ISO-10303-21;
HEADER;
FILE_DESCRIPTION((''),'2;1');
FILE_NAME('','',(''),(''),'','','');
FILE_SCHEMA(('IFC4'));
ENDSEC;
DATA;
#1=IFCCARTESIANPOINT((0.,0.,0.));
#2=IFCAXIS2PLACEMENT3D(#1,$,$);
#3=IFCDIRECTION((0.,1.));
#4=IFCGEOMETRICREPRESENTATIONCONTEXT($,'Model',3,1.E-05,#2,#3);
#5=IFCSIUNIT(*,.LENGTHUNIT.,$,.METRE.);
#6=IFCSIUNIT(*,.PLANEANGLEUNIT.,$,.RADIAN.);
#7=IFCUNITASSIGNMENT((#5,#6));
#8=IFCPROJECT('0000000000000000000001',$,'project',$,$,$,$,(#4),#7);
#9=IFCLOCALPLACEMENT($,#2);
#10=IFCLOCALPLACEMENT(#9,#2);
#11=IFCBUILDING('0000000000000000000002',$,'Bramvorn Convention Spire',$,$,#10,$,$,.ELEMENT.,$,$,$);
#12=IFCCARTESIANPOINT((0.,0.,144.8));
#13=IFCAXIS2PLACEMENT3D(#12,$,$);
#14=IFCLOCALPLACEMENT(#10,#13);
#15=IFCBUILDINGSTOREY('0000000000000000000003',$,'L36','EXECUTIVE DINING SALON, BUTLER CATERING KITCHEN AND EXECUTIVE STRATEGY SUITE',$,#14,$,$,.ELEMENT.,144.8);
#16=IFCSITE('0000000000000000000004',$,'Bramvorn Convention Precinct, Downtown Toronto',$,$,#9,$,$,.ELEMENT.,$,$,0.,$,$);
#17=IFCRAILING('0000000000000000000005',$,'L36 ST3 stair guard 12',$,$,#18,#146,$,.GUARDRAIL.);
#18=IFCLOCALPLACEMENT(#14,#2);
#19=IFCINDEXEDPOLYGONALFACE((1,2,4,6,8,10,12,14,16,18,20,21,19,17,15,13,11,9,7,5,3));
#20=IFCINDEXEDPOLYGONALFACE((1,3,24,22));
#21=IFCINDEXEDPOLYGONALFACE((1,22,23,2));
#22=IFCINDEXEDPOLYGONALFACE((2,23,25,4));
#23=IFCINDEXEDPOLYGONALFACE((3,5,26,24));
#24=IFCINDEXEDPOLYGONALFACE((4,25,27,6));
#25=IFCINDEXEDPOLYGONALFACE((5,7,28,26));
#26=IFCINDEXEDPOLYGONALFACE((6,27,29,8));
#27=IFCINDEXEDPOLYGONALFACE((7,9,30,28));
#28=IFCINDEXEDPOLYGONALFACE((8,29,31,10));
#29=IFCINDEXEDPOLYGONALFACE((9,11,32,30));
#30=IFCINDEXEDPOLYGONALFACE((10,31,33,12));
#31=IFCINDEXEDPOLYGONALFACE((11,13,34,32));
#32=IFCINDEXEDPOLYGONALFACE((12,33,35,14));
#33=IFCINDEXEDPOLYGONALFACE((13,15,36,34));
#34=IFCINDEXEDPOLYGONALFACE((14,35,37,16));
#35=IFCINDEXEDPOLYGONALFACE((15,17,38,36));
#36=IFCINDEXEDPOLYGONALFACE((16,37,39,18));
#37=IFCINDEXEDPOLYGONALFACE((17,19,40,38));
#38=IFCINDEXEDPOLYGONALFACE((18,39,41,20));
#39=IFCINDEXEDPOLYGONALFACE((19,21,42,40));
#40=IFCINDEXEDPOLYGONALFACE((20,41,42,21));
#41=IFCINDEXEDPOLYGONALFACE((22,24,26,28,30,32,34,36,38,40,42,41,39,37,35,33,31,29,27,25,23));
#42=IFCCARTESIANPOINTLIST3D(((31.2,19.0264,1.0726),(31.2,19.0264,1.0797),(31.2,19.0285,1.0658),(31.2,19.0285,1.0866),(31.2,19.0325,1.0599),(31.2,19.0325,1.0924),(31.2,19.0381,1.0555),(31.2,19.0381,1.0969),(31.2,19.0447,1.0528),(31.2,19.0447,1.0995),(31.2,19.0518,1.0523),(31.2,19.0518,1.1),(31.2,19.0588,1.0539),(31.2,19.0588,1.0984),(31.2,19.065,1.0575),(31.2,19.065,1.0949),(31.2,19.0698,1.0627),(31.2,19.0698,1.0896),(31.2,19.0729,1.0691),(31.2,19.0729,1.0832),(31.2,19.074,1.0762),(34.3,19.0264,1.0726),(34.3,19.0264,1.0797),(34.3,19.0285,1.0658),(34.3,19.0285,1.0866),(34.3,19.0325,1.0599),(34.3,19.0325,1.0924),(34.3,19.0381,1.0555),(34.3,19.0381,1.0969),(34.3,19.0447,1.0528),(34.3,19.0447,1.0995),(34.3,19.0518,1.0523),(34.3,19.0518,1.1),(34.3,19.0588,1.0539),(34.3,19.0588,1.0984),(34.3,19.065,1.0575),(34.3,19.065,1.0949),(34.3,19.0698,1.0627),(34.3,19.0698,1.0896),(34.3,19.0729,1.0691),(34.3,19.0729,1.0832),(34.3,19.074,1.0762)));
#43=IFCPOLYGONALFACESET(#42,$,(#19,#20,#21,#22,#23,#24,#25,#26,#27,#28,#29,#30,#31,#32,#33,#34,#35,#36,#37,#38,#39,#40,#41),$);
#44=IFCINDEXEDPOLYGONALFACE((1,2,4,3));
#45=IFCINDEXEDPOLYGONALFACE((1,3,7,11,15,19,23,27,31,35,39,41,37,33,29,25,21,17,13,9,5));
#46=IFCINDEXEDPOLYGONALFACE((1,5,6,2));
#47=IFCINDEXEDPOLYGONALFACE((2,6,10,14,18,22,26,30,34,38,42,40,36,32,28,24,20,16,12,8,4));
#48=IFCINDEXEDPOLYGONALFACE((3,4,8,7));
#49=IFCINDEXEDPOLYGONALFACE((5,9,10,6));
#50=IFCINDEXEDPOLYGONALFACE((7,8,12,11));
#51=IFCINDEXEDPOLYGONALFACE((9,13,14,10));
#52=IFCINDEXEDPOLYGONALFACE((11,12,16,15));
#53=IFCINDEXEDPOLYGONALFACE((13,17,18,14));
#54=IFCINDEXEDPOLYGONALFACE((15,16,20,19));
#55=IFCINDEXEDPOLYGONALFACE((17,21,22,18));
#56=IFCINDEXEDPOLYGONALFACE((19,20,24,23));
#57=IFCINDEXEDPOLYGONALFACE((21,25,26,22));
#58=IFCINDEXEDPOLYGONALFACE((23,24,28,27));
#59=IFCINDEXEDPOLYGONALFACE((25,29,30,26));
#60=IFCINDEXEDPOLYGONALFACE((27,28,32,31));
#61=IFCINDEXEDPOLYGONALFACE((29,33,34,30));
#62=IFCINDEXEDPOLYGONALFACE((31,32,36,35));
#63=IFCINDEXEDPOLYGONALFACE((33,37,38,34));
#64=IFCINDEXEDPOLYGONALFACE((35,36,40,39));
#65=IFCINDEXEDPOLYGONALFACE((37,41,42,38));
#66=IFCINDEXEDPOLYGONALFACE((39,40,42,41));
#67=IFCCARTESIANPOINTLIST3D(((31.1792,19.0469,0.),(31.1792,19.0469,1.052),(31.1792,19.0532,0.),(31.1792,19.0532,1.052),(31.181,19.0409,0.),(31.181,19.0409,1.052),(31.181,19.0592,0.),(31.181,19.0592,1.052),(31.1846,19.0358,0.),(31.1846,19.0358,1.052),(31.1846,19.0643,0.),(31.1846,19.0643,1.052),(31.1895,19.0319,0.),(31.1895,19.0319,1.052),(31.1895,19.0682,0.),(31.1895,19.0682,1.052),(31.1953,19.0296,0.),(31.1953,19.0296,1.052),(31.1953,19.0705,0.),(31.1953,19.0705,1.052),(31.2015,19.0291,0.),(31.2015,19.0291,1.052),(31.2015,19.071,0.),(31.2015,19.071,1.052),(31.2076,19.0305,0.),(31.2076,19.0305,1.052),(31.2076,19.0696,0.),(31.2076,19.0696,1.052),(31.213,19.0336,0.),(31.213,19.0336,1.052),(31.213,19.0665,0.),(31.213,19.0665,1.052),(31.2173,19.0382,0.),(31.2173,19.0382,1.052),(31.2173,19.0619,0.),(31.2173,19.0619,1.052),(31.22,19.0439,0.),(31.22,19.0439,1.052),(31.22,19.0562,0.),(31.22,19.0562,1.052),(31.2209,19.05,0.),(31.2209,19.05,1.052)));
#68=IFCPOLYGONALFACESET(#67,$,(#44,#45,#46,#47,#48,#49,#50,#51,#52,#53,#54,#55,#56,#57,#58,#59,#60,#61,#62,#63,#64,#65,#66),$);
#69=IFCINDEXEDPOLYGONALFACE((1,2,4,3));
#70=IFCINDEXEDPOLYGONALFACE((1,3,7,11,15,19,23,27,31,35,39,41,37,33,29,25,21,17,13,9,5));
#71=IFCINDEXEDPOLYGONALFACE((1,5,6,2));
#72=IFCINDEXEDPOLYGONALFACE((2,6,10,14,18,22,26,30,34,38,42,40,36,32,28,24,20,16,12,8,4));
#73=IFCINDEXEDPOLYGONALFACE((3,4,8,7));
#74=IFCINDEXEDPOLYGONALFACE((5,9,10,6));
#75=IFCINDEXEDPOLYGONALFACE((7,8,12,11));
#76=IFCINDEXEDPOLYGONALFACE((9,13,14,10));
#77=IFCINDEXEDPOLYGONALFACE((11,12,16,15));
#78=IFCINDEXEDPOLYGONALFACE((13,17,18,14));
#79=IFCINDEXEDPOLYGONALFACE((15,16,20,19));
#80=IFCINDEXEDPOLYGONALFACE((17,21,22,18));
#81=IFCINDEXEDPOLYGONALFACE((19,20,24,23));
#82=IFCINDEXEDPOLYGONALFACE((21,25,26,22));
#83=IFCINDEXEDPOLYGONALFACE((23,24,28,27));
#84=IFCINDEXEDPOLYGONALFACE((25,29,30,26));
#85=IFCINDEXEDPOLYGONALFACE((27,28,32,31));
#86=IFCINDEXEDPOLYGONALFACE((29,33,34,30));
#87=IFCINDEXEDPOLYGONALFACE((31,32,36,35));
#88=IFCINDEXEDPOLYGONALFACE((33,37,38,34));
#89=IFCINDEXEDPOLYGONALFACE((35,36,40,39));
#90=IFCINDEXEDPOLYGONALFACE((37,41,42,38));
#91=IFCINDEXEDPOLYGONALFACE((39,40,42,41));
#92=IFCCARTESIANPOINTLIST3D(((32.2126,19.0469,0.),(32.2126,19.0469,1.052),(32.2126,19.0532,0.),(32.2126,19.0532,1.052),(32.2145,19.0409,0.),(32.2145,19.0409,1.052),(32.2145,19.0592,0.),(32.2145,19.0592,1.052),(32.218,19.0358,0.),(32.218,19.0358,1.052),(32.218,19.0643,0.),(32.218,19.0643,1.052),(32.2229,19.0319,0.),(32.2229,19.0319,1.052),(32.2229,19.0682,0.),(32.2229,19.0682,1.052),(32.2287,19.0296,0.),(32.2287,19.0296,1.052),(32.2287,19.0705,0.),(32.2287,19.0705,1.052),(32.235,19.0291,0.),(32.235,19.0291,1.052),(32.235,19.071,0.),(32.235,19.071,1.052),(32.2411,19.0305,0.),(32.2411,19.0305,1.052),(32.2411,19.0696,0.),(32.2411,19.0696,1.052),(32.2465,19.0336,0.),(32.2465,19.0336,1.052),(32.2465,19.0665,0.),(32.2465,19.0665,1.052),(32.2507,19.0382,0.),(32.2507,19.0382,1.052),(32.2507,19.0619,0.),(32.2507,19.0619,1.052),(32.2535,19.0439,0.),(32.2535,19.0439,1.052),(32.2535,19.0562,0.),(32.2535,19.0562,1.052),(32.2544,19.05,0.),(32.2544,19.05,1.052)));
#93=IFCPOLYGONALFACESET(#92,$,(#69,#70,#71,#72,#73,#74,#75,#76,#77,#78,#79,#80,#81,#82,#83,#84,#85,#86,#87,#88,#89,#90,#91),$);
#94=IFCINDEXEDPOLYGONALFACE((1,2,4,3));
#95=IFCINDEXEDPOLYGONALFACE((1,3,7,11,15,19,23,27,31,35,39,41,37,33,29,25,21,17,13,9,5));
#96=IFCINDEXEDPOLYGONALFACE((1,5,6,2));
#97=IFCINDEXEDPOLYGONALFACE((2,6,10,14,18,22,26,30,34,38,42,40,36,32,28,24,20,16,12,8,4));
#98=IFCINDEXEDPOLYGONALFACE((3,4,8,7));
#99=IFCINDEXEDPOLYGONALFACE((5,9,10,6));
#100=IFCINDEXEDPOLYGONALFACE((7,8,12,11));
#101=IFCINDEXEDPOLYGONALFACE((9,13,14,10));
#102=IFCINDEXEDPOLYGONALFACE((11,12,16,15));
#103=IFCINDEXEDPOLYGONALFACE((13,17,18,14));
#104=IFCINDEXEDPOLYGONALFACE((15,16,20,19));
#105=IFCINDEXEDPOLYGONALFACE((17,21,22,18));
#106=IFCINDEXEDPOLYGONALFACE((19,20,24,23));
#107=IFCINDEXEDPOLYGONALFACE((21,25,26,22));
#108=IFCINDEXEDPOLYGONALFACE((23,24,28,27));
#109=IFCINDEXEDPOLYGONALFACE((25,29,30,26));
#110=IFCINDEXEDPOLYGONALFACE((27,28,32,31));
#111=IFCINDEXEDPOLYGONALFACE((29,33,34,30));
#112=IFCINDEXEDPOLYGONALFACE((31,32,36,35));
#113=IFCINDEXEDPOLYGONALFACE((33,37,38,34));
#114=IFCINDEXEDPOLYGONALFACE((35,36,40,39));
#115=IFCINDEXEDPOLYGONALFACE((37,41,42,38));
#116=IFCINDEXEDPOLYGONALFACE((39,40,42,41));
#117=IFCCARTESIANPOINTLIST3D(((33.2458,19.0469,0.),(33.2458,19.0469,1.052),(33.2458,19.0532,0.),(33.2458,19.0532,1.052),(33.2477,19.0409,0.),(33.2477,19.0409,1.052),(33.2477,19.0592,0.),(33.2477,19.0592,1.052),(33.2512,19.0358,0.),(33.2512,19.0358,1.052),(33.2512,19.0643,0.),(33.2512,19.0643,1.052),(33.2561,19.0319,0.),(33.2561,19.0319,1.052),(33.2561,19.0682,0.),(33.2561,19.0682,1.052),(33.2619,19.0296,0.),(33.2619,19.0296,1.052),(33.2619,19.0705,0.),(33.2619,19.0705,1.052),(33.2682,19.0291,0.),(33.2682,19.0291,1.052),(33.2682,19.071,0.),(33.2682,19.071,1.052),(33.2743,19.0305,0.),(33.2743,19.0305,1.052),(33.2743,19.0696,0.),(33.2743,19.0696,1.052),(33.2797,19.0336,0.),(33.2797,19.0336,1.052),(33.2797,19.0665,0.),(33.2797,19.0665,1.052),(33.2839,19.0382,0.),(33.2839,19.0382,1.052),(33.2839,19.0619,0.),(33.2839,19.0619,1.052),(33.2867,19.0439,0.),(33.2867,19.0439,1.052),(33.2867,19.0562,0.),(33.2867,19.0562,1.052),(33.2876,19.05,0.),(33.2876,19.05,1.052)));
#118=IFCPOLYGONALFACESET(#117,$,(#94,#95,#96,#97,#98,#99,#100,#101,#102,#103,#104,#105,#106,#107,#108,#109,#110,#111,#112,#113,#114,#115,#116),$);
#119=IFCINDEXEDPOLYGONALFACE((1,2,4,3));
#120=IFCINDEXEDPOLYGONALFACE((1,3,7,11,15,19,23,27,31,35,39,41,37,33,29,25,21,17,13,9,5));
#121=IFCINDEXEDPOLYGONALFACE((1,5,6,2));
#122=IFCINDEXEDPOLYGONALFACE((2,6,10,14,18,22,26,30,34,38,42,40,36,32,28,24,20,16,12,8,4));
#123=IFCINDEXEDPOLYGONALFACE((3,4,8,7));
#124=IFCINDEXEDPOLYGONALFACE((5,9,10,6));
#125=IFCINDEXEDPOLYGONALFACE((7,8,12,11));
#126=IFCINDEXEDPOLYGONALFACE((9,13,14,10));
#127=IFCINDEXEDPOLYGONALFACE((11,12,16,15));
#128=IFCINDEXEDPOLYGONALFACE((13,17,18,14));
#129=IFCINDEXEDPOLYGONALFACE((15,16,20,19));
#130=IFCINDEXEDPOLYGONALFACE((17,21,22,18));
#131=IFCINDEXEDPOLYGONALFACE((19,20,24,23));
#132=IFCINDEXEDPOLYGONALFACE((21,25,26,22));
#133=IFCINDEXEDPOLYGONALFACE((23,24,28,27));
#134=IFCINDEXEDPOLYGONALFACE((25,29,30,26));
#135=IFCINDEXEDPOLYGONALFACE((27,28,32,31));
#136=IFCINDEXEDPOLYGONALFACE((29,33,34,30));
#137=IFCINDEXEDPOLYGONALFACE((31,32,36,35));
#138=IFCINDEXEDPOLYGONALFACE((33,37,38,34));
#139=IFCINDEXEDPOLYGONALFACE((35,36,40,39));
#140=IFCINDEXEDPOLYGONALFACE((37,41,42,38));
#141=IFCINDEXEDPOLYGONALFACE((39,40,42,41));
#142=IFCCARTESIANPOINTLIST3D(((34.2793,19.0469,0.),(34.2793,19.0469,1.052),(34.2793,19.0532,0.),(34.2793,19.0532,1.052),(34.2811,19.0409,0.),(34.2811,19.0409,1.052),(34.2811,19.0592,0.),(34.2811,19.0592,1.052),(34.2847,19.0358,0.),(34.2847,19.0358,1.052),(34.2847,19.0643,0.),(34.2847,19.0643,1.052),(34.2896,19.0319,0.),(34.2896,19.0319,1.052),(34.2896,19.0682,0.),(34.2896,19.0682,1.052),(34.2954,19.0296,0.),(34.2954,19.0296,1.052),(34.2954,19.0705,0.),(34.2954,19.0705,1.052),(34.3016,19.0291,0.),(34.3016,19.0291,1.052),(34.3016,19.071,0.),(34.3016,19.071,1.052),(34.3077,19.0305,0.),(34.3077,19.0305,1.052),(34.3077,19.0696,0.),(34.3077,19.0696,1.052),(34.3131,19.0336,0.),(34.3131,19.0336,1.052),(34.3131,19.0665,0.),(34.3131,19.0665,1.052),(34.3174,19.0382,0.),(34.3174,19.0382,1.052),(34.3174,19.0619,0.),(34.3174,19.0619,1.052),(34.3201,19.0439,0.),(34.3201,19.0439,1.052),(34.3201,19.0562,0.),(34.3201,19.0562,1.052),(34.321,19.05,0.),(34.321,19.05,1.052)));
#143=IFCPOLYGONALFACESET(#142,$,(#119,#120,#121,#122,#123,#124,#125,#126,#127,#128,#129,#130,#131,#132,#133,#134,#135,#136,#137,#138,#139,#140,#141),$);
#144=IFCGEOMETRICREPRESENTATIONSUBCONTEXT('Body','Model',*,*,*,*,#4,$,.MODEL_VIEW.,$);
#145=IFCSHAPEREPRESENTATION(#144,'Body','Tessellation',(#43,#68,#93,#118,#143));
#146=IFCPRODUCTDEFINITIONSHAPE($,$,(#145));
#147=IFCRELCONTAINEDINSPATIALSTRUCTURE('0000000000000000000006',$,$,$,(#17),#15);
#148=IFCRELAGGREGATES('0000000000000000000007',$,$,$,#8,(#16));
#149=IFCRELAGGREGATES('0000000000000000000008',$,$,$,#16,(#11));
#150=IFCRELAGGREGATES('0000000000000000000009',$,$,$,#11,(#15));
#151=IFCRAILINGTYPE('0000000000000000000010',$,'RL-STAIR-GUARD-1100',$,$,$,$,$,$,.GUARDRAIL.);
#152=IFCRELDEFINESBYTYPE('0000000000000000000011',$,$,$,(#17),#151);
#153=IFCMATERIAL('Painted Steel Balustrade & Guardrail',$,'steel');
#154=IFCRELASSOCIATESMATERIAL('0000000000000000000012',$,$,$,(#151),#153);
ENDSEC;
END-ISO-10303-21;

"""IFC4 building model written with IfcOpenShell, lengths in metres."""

from ifc_helpers import new_model, si_unit, direction, frame, origin, origin_2d, place, context, subcontext, project, spatial, circle, extrude, material, type_object, element, save


model = new_model("IFC4")

# Units and contexts
model_context = context("Model", 3, precision=1e-05, world=origin(), true_north=direction((0.0, 1.0)))
body_context = subcontext(model_context, "Body", "Model", "MODEL_VIEW")
ifc_project = project(units=[si_unit("LENGTHUNIT", "METRE"), si_unit("PLANEANGLEUNIT", "RADIAN")], contexts=[model_context])

# Site, building, storey
site_placement = place(None, origin())
site = spatial("IfcSite", under=ifc_project, at=site_placement, Name="Bramvorn Convention Precinct, Downtown Toronto", CompositionType="ELEMENT", RefElevation=0.0)
building_placement = place(site_placement, origin())
building = spatial("IfcBuilding", under=site, at=building_placement, Name="Bramvorn Convention Spire", CompositionType="ELEMENT")
storey_placement = place(building_placement, frame((0.0, 0.0, 144.8)))
storey = spatial("IfcBuildingStorey", under=building, at=storey_placement, Name="L36", Description="EXECUTIVE DINING SALON, BUTLER CATERING KITCHEN AND EXECUTIVE STRATEGY SUITE", CompositionType="ELEMENT", Elevation=144.8)

# Railing
ifc_material_1 = material(Name="Painted Steel Balustrade & Guardrail", Category="steel")
railing_type = type_object("IfcRailingType", Name="RL-STAIR-GUARD-1100", PredefinedType="GUARDRAIL", material=ifc_material_1)
railing_1_placement = place(storey_placement, frame((31.2, 19.05, 0.0)))
element("IfcRailing", 1, at=railing_1_placement, inside=storey, type_object=railing_type, Name="L36 ST3 stair guard 12", PredefinedType="GUARDRAIL", context=body_context, shape_type="SweptSolid", body=[
    extrude(circle(Radius=0.0239, at=origin_2d()), frame((0.0, 0.0, 1.0762), z_axis=(1.0, 0.0, 0.0), x_axis=(0.0, 1.0, 0.0)), (0.0, 0.0, 1.0), 3.1001),
    extrude(circle(Radius=0.021, at=origin_2d()), origin(), (0.0, 0.0, 1.0), 1.052),
    extrude(circle(Radius=0.021, at=origin_2d()), frame((1.0334, 0.0, 0.0)), (0.0, 0.0, 1.0), 1.052),
    extrude(circle(Radius=0.021, at=origin_2d()), frame((2.0667, 0.0, 0.0)), (0.0, 0.0, 1.0), 1.052),
    extrude(circle(Radius=0.021, at=origin_2d()), frame((3.1001, 0.0, 0.0)), (0.0, 0.0, 1.0), 1.052),
])

save(model, "model.ifc")
